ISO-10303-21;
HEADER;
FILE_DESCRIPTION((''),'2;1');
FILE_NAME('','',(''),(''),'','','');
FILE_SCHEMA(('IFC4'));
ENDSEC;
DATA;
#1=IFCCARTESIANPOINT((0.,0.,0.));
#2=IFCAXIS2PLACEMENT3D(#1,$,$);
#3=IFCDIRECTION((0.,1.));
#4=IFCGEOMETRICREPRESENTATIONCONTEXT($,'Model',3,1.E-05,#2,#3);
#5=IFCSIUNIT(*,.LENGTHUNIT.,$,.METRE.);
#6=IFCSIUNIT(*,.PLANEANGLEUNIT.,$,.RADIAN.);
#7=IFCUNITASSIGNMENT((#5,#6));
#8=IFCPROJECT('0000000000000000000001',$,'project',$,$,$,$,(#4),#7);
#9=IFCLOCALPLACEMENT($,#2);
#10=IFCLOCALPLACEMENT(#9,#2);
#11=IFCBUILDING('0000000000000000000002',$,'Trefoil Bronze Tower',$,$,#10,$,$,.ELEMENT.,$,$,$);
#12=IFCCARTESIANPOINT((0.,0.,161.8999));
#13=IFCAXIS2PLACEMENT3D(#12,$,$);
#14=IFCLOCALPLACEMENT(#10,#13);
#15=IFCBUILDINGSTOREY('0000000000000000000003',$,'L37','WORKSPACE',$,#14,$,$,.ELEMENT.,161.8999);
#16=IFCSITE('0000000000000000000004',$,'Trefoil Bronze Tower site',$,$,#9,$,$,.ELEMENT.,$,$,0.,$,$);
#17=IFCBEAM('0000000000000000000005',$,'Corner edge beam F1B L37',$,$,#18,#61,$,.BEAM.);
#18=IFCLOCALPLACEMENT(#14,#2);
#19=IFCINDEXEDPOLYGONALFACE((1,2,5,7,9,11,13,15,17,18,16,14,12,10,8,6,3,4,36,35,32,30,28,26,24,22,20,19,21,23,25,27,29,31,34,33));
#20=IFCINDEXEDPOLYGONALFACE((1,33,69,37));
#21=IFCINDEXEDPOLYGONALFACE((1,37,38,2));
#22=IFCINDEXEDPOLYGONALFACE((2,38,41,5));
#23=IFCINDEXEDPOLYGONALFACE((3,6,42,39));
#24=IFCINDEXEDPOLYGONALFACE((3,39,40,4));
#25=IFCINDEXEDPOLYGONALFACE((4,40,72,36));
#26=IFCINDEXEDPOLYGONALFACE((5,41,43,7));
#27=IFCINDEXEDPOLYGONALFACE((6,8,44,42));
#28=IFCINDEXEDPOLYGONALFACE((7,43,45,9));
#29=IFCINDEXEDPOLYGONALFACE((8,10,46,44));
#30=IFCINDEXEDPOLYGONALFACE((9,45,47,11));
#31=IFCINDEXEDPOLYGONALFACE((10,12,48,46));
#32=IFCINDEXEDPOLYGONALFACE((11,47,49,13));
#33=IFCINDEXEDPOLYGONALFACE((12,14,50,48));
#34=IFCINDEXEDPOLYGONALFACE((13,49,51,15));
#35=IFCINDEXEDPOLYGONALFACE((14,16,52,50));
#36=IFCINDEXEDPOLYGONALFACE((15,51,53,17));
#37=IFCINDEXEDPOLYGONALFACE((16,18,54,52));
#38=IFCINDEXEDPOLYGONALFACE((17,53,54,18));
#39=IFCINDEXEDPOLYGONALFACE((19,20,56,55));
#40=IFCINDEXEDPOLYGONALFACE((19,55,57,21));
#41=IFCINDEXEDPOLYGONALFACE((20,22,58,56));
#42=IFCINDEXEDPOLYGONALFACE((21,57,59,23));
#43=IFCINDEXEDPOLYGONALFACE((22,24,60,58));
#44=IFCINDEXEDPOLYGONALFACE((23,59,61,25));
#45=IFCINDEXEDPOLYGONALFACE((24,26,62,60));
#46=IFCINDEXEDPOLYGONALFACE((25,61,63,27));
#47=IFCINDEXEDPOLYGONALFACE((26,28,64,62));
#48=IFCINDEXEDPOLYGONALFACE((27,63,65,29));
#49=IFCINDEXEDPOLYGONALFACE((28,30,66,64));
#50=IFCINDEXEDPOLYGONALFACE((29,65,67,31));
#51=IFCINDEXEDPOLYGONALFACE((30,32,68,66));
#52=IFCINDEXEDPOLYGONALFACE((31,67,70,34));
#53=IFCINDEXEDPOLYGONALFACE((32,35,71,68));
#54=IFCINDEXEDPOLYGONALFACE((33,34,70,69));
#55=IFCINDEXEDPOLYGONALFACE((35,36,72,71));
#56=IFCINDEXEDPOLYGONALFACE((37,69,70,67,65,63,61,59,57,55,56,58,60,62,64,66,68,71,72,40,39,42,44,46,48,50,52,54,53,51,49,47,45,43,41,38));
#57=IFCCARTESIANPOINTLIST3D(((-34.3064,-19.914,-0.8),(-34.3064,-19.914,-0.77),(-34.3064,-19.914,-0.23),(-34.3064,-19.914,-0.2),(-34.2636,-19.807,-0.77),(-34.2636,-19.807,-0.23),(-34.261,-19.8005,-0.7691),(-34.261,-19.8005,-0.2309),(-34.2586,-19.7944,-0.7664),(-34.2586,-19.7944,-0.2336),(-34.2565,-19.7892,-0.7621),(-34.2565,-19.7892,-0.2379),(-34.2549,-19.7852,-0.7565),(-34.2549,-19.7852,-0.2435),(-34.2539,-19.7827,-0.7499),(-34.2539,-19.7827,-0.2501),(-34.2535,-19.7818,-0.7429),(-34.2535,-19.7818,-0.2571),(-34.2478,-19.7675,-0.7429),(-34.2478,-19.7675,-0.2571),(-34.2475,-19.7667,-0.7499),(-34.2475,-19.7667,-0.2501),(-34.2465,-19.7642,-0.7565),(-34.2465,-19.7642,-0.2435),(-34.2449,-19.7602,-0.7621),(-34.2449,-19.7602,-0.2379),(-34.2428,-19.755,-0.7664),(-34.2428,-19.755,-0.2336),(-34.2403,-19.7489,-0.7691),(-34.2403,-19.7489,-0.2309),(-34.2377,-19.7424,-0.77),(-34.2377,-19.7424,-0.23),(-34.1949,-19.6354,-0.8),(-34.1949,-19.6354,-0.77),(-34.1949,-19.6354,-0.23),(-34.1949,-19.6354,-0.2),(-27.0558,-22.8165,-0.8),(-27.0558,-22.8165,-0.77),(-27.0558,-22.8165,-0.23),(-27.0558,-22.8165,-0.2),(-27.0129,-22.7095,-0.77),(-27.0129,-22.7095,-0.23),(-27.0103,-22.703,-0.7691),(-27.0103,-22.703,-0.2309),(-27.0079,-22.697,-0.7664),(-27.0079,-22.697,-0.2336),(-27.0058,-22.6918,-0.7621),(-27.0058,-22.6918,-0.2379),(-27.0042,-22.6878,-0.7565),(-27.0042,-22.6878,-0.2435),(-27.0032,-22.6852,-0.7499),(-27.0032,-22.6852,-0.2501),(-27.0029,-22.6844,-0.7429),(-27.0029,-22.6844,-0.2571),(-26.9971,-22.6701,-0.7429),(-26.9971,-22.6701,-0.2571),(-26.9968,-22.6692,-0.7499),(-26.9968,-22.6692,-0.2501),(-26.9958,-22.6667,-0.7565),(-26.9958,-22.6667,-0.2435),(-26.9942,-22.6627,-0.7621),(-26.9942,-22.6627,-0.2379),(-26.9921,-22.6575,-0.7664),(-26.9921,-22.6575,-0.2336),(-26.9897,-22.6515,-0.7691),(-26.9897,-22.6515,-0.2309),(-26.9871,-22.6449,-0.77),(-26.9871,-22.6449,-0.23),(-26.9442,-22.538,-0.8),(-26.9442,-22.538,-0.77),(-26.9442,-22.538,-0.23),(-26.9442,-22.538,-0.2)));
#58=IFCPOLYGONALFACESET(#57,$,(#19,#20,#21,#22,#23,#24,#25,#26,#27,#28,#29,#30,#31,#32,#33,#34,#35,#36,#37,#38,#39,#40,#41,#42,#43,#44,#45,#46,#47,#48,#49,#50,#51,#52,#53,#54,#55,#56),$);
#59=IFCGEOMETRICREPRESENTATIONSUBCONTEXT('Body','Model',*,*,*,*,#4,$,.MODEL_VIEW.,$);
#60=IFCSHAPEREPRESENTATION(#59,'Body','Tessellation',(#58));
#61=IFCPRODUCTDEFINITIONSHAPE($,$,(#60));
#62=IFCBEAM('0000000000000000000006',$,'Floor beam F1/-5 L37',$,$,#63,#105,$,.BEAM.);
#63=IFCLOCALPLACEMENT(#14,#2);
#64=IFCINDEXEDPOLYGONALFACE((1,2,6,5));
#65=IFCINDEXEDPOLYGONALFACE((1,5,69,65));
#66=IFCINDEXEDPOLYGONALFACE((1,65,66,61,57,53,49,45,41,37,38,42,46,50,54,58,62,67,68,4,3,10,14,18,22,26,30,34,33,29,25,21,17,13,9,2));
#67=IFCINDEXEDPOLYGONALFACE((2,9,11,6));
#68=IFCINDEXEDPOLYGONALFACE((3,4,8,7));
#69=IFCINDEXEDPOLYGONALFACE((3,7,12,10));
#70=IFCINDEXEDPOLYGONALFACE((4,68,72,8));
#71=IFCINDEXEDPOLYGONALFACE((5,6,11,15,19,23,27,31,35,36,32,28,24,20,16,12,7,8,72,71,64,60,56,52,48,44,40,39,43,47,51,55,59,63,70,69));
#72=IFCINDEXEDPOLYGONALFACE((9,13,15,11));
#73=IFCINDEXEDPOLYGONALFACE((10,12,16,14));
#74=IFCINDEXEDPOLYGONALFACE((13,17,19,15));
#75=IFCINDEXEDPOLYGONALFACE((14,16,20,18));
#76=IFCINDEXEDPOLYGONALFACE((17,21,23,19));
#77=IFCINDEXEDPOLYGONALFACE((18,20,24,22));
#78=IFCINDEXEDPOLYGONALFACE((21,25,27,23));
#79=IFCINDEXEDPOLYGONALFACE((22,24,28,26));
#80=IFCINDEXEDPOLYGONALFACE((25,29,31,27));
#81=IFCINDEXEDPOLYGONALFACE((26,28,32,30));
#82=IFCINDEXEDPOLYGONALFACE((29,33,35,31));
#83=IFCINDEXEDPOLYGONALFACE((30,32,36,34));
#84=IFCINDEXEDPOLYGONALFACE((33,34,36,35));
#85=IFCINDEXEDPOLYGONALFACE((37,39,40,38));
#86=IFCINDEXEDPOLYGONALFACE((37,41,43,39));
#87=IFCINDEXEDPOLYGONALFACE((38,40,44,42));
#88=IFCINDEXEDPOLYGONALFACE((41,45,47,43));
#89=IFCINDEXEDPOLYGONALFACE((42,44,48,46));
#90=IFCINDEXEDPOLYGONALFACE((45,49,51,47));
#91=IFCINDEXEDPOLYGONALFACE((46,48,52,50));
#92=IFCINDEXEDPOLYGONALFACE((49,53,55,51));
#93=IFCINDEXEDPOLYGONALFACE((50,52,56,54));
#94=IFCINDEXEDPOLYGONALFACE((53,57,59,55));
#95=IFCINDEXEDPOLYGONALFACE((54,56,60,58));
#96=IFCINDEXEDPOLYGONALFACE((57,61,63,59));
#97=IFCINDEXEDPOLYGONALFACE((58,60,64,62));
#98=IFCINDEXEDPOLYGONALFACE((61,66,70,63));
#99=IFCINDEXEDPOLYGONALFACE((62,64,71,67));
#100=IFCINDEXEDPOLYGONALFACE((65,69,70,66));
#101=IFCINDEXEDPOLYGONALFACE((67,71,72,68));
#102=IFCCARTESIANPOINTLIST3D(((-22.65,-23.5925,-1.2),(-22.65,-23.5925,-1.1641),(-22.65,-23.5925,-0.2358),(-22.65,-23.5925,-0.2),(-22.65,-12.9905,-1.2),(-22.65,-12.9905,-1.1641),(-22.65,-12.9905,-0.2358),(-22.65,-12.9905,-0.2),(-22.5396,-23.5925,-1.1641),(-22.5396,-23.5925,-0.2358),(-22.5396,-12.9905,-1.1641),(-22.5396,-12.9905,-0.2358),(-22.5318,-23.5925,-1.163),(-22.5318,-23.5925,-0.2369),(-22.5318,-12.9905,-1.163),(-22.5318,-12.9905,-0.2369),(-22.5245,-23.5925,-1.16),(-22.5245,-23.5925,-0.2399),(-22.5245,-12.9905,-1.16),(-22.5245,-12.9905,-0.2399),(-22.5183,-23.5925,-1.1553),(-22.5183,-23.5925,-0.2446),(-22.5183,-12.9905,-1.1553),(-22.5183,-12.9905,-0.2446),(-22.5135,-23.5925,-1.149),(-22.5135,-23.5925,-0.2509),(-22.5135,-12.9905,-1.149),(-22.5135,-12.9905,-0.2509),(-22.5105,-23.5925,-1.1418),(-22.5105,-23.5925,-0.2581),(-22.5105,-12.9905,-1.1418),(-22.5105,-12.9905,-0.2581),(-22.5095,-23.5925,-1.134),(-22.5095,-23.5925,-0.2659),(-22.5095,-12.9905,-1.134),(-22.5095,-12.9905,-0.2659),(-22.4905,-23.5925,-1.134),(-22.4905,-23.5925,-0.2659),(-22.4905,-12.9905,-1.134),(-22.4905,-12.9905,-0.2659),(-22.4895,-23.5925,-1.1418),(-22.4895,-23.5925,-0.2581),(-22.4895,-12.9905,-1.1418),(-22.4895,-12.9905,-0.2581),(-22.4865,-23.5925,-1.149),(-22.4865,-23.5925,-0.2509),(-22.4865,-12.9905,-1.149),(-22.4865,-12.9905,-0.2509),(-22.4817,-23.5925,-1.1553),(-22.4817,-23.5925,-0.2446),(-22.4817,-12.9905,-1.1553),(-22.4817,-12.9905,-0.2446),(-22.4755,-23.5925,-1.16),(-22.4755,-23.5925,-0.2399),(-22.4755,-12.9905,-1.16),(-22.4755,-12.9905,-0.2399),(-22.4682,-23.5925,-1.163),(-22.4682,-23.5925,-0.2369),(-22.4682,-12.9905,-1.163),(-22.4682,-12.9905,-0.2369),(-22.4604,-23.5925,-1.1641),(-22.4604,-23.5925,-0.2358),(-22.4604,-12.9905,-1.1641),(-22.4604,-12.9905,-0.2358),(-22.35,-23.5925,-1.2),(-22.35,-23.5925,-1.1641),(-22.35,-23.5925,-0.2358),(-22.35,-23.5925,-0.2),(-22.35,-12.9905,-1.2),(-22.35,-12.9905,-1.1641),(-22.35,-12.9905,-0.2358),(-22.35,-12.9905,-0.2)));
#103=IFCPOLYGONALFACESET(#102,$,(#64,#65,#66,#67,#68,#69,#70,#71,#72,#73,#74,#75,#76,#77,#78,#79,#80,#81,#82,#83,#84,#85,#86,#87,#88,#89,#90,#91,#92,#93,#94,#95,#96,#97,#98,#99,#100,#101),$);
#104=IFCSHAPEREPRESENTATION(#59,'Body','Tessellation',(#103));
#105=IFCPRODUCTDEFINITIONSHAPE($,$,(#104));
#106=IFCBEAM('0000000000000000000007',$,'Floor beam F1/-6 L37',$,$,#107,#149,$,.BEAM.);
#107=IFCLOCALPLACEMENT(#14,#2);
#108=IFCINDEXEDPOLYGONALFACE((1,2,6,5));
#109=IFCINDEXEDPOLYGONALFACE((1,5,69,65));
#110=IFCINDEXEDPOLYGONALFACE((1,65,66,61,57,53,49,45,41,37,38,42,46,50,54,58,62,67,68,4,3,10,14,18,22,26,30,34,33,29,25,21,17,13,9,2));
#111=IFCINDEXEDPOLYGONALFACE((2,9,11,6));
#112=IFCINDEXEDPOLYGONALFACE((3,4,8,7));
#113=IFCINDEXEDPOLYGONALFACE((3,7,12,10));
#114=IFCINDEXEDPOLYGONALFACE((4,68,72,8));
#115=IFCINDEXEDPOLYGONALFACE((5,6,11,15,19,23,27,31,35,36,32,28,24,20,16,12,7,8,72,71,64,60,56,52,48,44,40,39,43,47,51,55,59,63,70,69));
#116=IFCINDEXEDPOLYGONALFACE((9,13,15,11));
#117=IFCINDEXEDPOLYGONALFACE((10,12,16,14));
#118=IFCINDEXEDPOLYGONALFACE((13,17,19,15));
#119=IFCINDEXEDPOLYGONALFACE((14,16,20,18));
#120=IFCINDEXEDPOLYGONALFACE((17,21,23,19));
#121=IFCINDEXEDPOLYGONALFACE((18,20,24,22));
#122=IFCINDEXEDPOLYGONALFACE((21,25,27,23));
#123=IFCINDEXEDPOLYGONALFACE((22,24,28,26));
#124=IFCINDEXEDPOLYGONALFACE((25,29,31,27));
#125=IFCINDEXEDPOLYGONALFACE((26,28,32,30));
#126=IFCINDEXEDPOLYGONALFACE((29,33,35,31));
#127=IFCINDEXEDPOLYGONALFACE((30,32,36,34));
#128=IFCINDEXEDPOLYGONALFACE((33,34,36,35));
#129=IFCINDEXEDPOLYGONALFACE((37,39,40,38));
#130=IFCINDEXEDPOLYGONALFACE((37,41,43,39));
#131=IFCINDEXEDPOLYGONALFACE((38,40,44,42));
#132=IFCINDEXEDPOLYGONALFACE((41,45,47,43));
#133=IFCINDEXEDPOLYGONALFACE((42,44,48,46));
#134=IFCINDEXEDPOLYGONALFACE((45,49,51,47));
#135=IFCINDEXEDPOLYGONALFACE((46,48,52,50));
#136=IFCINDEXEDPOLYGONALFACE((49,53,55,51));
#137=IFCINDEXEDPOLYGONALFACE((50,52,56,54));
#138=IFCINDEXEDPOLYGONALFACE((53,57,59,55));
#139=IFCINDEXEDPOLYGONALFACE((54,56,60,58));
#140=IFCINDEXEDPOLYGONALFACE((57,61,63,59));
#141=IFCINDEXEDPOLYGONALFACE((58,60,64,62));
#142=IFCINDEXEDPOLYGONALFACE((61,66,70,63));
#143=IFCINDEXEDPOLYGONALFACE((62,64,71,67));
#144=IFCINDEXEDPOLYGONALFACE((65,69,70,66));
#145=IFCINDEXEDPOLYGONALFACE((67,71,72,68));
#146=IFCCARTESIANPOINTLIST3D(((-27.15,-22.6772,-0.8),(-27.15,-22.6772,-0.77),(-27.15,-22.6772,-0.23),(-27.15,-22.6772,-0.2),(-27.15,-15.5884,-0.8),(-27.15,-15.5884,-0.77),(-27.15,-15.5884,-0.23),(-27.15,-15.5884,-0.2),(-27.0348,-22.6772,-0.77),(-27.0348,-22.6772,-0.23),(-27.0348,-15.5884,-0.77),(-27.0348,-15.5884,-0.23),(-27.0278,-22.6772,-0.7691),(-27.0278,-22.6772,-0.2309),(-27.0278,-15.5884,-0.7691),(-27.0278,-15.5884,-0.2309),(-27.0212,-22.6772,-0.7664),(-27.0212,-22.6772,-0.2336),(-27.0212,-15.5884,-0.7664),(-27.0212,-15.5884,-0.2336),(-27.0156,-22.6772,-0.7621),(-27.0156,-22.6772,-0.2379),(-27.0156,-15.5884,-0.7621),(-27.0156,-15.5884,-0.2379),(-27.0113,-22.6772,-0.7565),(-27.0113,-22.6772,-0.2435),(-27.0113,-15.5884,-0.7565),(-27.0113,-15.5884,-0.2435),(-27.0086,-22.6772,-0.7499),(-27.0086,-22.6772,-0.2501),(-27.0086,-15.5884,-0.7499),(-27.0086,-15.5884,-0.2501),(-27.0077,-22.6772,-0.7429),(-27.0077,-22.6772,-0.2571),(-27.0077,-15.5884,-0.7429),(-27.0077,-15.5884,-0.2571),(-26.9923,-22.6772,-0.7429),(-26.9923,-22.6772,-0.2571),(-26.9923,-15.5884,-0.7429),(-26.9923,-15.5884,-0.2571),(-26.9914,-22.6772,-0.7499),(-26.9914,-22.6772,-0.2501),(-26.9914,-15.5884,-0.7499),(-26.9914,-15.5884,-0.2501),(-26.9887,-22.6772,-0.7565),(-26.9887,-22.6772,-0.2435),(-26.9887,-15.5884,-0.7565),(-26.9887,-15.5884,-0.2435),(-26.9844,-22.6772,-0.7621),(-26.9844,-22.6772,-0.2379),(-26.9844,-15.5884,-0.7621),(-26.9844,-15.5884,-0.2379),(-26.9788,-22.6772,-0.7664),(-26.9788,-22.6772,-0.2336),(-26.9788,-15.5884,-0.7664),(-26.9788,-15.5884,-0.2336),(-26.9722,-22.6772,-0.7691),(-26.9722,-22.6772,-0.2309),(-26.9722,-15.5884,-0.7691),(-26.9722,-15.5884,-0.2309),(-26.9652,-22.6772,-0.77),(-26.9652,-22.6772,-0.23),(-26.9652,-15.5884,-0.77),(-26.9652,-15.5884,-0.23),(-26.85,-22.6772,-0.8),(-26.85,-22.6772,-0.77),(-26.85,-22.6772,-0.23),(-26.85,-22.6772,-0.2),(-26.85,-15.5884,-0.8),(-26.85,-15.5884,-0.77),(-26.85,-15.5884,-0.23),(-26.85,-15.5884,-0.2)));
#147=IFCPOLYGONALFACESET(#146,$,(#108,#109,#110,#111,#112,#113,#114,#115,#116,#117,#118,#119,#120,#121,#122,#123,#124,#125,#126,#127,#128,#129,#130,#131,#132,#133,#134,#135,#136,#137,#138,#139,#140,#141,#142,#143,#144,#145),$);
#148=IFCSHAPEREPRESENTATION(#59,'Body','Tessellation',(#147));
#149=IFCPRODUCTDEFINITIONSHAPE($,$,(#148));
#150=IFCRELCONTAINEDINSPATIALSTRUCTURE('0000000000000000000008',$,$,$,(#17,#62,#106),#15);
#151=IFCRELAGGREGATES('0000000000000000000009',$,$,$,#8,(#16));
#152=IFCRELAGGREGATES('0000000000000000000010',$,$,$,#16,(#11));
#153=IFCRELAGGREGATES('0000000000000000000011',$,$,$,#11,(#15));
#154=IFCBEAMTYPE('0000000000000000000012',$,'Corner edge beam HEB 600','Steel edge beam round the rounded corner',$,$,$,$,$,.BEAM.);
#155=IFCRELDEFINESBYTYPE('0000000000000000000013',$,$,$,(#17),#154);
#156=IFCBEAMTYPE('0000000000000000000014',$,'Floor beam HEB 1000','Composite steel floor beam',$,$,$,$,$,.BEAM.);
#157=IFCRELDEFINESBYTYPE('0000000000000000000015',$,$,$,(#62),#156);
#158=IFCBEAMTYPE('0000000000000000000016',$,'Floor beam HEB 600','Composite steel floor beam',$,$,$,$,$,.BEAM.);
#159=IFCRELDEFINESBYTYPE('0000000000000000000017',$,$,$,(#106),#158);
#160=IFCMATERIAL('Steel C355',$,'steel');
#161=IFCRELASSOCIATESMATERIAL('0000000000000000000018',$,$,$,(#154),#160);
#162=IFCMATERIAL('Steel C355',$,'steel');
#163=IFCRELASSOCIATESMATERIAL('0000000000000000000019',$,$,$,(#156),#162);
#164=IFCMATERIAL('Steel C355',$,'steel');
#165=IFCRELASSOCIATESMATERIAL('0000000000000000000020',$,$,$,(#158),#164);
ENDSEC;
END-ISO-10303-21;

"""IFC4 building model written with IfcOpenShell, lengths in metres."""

from ifc_helpers import new_model, si_unit, direction, frame, origin, origin_2d, place, context, subcontext, project, spatial, i_section, extrude, material, material_profile, profile_set, type_object, element, save


model = new_model("IFC4")

# Units and contexts
model_context = context("Model", 3, precision=1e-05, world=origin(), true_north=direction((0.0, 1.0)))
body_context = subcontext(model_context, "Body", "Model", "MODEL_VIEW")
ifc_project = project(units=[si_unit("LENGTHUNIT", "METRE"), si_unit("PLANEANGLEUNIT", "RADIAN")], contexts=[model_context])

# Site, building, storey
site_placement = place(None, origin())
site = spatial("IfcSite", under=ifc_project, at=site_placement, Name="Trefoil Bronze Tower site", CompositionType="ELEMENT", RefElevation=0.0)
building_placement = place(site_placement, origin())
building = spatial("IfcBuilding", under=site, at=building_placement, Name="Trefoil Bronze Tower", CompositionType="ELEMENT")
storey_placement = place(building_placement, frame((0.0, 0.0, 161.8999)))
storey = spatial("IfcBuildingStorey", under=building, at=storey_placement, Name="L37", Description="WORKSPACE", CompositionType="ELEMENT", Elevation=161.8999)

# Beams
ifc_material_1 = material(Name="Steel C355", Category="steel")
ifc_material_profile_1 = material_profile(ifc_material_1, i_section(OverallWidth=0.3, OverallDepth=0.6001, WebThickness=0.0154, FlangeThickness=0.03, FilletRadius=0.0271, at=origin_2d()), Name="HEB 600")
ifc_profile_set_1 = profile_set([ifc_material_profile_1], Name="Steel C355")
beam_type_1 = type_object("IfcBeamType", Name="Corner edge beam HEB 600", Description="Steel edge beam round the rounded corner", PredefinedType="BEAM", material=ifc_profile_set_1)
beam_1_placement = place(storey_placement, frame((-27.0, -22.6772, -0.5), z_axis=(-0.928375, 0.371644, 0.0), x_axis=(-0.371644, -0.928375, 0.0)))
element("IfcBeam", 1, at=beam_1_placement, inside=storey, type_object=beam_type_1, Name="Corner edge beam F1B L37", PredefinedType="BEAM", context=body_context, shape_type="SweptSolid", body=[
    extrude(i_section(OverallWidth=0.3, OverallDepth=0.6001, WebThickness=0.0154, FlangeThickness=0.03, FilletRadius=0.0271, at=origin_2d()), origin(), (0.0, 0.0, 1.0), 7.8101),
])
ifc_material_2 = material(Name="Steel C355", Category="steel")
ifc_material_profile_2 = material_profile(ifc_material_2, i_section(OverallWidth=0.3, OverallDepth=1.0, WebThickness=0.019, FlangeThickness=0.0359, FilletRadius=0.03, at=origin_2d()), Name="HEB 1000")
ifc_profile_set_2 = profile_set([ifc_material_profile_2], Name="Steel C355")
beam_type_2 = type_object("IfcBeamType", Name="Floor beam HEB 1000", Description="Composite steel floor beam", PredefinedType="BEAM", material=ifc_profile_set_2)
beam_2_placement = place(storey_placement, frame((-22.5, -23.5925, -0.7), z_axis=(0.0, 1.0, 0.0), x_axis=(-1.0, 0.0, 0.0)))
element("IfcBeam", 2, at=beam_2_placement, inside=storey, type_object=beam_type_2, Name="Floor beam F1/-5 L37", PredefinedType="BEAM", context=body_context, shape_type="SweptSolid", body=[
    extrude(i_section(OverallWidth=0.3, OverallDepth=1.0, WebThickness=0.019, FlangeThickness=0.0359, FilletRadius=0.03, at=origin_2d()), origin(), (0.0, 0.0, 1.0), 10.6021),
])
ifc_material_3 = material(Name="Steel C355", Category="steel")
ifc_material_profile_3 = material_profile(ifc_material_3, i_section(OverallWidth=0.3, OverallDepth=0.6001, WebThickness=0.0154, FlangeThickness=0.03, FilletRadius=0.0271, at=origin_2d()), Name="HEB 600")
ifc_profile_set_3 = profile_set([ifc_material_profile_3], Name="Steel C355")
beam_type_3 = type_object("IfcBeamType", Name="Floor beam HEB 600", Description="Composite steel floor beam", PredefinedType="BEAM", material=ifc_profile_set_3)
beam_3_placement = place(storey_placement, frame((-27.0, -22.6772, -0.5), z_axis=(0.0, 1.0, 0.0), x_axis=(-1.0, 0.0, 0.0)))
element("IfcBeam", 3, at=beam_3_placement, inside=storey, type_object=beam_type_3, Name="Floor beam F1/-6 L37", PredefinedType="BEAM", context=body_context, shape_type="SweptSolid", body=[
    extrude(i_section(OverallWidth=0.3, OverallDepth=0.6001, WebThickness=0.0154, FlangeThickness=0.03, FilletRadius=0.0271, at=origin_2d()), origin(), (0.0, 0.0, 1.0), 7.0889),
])

save(model, "model.ifc")
